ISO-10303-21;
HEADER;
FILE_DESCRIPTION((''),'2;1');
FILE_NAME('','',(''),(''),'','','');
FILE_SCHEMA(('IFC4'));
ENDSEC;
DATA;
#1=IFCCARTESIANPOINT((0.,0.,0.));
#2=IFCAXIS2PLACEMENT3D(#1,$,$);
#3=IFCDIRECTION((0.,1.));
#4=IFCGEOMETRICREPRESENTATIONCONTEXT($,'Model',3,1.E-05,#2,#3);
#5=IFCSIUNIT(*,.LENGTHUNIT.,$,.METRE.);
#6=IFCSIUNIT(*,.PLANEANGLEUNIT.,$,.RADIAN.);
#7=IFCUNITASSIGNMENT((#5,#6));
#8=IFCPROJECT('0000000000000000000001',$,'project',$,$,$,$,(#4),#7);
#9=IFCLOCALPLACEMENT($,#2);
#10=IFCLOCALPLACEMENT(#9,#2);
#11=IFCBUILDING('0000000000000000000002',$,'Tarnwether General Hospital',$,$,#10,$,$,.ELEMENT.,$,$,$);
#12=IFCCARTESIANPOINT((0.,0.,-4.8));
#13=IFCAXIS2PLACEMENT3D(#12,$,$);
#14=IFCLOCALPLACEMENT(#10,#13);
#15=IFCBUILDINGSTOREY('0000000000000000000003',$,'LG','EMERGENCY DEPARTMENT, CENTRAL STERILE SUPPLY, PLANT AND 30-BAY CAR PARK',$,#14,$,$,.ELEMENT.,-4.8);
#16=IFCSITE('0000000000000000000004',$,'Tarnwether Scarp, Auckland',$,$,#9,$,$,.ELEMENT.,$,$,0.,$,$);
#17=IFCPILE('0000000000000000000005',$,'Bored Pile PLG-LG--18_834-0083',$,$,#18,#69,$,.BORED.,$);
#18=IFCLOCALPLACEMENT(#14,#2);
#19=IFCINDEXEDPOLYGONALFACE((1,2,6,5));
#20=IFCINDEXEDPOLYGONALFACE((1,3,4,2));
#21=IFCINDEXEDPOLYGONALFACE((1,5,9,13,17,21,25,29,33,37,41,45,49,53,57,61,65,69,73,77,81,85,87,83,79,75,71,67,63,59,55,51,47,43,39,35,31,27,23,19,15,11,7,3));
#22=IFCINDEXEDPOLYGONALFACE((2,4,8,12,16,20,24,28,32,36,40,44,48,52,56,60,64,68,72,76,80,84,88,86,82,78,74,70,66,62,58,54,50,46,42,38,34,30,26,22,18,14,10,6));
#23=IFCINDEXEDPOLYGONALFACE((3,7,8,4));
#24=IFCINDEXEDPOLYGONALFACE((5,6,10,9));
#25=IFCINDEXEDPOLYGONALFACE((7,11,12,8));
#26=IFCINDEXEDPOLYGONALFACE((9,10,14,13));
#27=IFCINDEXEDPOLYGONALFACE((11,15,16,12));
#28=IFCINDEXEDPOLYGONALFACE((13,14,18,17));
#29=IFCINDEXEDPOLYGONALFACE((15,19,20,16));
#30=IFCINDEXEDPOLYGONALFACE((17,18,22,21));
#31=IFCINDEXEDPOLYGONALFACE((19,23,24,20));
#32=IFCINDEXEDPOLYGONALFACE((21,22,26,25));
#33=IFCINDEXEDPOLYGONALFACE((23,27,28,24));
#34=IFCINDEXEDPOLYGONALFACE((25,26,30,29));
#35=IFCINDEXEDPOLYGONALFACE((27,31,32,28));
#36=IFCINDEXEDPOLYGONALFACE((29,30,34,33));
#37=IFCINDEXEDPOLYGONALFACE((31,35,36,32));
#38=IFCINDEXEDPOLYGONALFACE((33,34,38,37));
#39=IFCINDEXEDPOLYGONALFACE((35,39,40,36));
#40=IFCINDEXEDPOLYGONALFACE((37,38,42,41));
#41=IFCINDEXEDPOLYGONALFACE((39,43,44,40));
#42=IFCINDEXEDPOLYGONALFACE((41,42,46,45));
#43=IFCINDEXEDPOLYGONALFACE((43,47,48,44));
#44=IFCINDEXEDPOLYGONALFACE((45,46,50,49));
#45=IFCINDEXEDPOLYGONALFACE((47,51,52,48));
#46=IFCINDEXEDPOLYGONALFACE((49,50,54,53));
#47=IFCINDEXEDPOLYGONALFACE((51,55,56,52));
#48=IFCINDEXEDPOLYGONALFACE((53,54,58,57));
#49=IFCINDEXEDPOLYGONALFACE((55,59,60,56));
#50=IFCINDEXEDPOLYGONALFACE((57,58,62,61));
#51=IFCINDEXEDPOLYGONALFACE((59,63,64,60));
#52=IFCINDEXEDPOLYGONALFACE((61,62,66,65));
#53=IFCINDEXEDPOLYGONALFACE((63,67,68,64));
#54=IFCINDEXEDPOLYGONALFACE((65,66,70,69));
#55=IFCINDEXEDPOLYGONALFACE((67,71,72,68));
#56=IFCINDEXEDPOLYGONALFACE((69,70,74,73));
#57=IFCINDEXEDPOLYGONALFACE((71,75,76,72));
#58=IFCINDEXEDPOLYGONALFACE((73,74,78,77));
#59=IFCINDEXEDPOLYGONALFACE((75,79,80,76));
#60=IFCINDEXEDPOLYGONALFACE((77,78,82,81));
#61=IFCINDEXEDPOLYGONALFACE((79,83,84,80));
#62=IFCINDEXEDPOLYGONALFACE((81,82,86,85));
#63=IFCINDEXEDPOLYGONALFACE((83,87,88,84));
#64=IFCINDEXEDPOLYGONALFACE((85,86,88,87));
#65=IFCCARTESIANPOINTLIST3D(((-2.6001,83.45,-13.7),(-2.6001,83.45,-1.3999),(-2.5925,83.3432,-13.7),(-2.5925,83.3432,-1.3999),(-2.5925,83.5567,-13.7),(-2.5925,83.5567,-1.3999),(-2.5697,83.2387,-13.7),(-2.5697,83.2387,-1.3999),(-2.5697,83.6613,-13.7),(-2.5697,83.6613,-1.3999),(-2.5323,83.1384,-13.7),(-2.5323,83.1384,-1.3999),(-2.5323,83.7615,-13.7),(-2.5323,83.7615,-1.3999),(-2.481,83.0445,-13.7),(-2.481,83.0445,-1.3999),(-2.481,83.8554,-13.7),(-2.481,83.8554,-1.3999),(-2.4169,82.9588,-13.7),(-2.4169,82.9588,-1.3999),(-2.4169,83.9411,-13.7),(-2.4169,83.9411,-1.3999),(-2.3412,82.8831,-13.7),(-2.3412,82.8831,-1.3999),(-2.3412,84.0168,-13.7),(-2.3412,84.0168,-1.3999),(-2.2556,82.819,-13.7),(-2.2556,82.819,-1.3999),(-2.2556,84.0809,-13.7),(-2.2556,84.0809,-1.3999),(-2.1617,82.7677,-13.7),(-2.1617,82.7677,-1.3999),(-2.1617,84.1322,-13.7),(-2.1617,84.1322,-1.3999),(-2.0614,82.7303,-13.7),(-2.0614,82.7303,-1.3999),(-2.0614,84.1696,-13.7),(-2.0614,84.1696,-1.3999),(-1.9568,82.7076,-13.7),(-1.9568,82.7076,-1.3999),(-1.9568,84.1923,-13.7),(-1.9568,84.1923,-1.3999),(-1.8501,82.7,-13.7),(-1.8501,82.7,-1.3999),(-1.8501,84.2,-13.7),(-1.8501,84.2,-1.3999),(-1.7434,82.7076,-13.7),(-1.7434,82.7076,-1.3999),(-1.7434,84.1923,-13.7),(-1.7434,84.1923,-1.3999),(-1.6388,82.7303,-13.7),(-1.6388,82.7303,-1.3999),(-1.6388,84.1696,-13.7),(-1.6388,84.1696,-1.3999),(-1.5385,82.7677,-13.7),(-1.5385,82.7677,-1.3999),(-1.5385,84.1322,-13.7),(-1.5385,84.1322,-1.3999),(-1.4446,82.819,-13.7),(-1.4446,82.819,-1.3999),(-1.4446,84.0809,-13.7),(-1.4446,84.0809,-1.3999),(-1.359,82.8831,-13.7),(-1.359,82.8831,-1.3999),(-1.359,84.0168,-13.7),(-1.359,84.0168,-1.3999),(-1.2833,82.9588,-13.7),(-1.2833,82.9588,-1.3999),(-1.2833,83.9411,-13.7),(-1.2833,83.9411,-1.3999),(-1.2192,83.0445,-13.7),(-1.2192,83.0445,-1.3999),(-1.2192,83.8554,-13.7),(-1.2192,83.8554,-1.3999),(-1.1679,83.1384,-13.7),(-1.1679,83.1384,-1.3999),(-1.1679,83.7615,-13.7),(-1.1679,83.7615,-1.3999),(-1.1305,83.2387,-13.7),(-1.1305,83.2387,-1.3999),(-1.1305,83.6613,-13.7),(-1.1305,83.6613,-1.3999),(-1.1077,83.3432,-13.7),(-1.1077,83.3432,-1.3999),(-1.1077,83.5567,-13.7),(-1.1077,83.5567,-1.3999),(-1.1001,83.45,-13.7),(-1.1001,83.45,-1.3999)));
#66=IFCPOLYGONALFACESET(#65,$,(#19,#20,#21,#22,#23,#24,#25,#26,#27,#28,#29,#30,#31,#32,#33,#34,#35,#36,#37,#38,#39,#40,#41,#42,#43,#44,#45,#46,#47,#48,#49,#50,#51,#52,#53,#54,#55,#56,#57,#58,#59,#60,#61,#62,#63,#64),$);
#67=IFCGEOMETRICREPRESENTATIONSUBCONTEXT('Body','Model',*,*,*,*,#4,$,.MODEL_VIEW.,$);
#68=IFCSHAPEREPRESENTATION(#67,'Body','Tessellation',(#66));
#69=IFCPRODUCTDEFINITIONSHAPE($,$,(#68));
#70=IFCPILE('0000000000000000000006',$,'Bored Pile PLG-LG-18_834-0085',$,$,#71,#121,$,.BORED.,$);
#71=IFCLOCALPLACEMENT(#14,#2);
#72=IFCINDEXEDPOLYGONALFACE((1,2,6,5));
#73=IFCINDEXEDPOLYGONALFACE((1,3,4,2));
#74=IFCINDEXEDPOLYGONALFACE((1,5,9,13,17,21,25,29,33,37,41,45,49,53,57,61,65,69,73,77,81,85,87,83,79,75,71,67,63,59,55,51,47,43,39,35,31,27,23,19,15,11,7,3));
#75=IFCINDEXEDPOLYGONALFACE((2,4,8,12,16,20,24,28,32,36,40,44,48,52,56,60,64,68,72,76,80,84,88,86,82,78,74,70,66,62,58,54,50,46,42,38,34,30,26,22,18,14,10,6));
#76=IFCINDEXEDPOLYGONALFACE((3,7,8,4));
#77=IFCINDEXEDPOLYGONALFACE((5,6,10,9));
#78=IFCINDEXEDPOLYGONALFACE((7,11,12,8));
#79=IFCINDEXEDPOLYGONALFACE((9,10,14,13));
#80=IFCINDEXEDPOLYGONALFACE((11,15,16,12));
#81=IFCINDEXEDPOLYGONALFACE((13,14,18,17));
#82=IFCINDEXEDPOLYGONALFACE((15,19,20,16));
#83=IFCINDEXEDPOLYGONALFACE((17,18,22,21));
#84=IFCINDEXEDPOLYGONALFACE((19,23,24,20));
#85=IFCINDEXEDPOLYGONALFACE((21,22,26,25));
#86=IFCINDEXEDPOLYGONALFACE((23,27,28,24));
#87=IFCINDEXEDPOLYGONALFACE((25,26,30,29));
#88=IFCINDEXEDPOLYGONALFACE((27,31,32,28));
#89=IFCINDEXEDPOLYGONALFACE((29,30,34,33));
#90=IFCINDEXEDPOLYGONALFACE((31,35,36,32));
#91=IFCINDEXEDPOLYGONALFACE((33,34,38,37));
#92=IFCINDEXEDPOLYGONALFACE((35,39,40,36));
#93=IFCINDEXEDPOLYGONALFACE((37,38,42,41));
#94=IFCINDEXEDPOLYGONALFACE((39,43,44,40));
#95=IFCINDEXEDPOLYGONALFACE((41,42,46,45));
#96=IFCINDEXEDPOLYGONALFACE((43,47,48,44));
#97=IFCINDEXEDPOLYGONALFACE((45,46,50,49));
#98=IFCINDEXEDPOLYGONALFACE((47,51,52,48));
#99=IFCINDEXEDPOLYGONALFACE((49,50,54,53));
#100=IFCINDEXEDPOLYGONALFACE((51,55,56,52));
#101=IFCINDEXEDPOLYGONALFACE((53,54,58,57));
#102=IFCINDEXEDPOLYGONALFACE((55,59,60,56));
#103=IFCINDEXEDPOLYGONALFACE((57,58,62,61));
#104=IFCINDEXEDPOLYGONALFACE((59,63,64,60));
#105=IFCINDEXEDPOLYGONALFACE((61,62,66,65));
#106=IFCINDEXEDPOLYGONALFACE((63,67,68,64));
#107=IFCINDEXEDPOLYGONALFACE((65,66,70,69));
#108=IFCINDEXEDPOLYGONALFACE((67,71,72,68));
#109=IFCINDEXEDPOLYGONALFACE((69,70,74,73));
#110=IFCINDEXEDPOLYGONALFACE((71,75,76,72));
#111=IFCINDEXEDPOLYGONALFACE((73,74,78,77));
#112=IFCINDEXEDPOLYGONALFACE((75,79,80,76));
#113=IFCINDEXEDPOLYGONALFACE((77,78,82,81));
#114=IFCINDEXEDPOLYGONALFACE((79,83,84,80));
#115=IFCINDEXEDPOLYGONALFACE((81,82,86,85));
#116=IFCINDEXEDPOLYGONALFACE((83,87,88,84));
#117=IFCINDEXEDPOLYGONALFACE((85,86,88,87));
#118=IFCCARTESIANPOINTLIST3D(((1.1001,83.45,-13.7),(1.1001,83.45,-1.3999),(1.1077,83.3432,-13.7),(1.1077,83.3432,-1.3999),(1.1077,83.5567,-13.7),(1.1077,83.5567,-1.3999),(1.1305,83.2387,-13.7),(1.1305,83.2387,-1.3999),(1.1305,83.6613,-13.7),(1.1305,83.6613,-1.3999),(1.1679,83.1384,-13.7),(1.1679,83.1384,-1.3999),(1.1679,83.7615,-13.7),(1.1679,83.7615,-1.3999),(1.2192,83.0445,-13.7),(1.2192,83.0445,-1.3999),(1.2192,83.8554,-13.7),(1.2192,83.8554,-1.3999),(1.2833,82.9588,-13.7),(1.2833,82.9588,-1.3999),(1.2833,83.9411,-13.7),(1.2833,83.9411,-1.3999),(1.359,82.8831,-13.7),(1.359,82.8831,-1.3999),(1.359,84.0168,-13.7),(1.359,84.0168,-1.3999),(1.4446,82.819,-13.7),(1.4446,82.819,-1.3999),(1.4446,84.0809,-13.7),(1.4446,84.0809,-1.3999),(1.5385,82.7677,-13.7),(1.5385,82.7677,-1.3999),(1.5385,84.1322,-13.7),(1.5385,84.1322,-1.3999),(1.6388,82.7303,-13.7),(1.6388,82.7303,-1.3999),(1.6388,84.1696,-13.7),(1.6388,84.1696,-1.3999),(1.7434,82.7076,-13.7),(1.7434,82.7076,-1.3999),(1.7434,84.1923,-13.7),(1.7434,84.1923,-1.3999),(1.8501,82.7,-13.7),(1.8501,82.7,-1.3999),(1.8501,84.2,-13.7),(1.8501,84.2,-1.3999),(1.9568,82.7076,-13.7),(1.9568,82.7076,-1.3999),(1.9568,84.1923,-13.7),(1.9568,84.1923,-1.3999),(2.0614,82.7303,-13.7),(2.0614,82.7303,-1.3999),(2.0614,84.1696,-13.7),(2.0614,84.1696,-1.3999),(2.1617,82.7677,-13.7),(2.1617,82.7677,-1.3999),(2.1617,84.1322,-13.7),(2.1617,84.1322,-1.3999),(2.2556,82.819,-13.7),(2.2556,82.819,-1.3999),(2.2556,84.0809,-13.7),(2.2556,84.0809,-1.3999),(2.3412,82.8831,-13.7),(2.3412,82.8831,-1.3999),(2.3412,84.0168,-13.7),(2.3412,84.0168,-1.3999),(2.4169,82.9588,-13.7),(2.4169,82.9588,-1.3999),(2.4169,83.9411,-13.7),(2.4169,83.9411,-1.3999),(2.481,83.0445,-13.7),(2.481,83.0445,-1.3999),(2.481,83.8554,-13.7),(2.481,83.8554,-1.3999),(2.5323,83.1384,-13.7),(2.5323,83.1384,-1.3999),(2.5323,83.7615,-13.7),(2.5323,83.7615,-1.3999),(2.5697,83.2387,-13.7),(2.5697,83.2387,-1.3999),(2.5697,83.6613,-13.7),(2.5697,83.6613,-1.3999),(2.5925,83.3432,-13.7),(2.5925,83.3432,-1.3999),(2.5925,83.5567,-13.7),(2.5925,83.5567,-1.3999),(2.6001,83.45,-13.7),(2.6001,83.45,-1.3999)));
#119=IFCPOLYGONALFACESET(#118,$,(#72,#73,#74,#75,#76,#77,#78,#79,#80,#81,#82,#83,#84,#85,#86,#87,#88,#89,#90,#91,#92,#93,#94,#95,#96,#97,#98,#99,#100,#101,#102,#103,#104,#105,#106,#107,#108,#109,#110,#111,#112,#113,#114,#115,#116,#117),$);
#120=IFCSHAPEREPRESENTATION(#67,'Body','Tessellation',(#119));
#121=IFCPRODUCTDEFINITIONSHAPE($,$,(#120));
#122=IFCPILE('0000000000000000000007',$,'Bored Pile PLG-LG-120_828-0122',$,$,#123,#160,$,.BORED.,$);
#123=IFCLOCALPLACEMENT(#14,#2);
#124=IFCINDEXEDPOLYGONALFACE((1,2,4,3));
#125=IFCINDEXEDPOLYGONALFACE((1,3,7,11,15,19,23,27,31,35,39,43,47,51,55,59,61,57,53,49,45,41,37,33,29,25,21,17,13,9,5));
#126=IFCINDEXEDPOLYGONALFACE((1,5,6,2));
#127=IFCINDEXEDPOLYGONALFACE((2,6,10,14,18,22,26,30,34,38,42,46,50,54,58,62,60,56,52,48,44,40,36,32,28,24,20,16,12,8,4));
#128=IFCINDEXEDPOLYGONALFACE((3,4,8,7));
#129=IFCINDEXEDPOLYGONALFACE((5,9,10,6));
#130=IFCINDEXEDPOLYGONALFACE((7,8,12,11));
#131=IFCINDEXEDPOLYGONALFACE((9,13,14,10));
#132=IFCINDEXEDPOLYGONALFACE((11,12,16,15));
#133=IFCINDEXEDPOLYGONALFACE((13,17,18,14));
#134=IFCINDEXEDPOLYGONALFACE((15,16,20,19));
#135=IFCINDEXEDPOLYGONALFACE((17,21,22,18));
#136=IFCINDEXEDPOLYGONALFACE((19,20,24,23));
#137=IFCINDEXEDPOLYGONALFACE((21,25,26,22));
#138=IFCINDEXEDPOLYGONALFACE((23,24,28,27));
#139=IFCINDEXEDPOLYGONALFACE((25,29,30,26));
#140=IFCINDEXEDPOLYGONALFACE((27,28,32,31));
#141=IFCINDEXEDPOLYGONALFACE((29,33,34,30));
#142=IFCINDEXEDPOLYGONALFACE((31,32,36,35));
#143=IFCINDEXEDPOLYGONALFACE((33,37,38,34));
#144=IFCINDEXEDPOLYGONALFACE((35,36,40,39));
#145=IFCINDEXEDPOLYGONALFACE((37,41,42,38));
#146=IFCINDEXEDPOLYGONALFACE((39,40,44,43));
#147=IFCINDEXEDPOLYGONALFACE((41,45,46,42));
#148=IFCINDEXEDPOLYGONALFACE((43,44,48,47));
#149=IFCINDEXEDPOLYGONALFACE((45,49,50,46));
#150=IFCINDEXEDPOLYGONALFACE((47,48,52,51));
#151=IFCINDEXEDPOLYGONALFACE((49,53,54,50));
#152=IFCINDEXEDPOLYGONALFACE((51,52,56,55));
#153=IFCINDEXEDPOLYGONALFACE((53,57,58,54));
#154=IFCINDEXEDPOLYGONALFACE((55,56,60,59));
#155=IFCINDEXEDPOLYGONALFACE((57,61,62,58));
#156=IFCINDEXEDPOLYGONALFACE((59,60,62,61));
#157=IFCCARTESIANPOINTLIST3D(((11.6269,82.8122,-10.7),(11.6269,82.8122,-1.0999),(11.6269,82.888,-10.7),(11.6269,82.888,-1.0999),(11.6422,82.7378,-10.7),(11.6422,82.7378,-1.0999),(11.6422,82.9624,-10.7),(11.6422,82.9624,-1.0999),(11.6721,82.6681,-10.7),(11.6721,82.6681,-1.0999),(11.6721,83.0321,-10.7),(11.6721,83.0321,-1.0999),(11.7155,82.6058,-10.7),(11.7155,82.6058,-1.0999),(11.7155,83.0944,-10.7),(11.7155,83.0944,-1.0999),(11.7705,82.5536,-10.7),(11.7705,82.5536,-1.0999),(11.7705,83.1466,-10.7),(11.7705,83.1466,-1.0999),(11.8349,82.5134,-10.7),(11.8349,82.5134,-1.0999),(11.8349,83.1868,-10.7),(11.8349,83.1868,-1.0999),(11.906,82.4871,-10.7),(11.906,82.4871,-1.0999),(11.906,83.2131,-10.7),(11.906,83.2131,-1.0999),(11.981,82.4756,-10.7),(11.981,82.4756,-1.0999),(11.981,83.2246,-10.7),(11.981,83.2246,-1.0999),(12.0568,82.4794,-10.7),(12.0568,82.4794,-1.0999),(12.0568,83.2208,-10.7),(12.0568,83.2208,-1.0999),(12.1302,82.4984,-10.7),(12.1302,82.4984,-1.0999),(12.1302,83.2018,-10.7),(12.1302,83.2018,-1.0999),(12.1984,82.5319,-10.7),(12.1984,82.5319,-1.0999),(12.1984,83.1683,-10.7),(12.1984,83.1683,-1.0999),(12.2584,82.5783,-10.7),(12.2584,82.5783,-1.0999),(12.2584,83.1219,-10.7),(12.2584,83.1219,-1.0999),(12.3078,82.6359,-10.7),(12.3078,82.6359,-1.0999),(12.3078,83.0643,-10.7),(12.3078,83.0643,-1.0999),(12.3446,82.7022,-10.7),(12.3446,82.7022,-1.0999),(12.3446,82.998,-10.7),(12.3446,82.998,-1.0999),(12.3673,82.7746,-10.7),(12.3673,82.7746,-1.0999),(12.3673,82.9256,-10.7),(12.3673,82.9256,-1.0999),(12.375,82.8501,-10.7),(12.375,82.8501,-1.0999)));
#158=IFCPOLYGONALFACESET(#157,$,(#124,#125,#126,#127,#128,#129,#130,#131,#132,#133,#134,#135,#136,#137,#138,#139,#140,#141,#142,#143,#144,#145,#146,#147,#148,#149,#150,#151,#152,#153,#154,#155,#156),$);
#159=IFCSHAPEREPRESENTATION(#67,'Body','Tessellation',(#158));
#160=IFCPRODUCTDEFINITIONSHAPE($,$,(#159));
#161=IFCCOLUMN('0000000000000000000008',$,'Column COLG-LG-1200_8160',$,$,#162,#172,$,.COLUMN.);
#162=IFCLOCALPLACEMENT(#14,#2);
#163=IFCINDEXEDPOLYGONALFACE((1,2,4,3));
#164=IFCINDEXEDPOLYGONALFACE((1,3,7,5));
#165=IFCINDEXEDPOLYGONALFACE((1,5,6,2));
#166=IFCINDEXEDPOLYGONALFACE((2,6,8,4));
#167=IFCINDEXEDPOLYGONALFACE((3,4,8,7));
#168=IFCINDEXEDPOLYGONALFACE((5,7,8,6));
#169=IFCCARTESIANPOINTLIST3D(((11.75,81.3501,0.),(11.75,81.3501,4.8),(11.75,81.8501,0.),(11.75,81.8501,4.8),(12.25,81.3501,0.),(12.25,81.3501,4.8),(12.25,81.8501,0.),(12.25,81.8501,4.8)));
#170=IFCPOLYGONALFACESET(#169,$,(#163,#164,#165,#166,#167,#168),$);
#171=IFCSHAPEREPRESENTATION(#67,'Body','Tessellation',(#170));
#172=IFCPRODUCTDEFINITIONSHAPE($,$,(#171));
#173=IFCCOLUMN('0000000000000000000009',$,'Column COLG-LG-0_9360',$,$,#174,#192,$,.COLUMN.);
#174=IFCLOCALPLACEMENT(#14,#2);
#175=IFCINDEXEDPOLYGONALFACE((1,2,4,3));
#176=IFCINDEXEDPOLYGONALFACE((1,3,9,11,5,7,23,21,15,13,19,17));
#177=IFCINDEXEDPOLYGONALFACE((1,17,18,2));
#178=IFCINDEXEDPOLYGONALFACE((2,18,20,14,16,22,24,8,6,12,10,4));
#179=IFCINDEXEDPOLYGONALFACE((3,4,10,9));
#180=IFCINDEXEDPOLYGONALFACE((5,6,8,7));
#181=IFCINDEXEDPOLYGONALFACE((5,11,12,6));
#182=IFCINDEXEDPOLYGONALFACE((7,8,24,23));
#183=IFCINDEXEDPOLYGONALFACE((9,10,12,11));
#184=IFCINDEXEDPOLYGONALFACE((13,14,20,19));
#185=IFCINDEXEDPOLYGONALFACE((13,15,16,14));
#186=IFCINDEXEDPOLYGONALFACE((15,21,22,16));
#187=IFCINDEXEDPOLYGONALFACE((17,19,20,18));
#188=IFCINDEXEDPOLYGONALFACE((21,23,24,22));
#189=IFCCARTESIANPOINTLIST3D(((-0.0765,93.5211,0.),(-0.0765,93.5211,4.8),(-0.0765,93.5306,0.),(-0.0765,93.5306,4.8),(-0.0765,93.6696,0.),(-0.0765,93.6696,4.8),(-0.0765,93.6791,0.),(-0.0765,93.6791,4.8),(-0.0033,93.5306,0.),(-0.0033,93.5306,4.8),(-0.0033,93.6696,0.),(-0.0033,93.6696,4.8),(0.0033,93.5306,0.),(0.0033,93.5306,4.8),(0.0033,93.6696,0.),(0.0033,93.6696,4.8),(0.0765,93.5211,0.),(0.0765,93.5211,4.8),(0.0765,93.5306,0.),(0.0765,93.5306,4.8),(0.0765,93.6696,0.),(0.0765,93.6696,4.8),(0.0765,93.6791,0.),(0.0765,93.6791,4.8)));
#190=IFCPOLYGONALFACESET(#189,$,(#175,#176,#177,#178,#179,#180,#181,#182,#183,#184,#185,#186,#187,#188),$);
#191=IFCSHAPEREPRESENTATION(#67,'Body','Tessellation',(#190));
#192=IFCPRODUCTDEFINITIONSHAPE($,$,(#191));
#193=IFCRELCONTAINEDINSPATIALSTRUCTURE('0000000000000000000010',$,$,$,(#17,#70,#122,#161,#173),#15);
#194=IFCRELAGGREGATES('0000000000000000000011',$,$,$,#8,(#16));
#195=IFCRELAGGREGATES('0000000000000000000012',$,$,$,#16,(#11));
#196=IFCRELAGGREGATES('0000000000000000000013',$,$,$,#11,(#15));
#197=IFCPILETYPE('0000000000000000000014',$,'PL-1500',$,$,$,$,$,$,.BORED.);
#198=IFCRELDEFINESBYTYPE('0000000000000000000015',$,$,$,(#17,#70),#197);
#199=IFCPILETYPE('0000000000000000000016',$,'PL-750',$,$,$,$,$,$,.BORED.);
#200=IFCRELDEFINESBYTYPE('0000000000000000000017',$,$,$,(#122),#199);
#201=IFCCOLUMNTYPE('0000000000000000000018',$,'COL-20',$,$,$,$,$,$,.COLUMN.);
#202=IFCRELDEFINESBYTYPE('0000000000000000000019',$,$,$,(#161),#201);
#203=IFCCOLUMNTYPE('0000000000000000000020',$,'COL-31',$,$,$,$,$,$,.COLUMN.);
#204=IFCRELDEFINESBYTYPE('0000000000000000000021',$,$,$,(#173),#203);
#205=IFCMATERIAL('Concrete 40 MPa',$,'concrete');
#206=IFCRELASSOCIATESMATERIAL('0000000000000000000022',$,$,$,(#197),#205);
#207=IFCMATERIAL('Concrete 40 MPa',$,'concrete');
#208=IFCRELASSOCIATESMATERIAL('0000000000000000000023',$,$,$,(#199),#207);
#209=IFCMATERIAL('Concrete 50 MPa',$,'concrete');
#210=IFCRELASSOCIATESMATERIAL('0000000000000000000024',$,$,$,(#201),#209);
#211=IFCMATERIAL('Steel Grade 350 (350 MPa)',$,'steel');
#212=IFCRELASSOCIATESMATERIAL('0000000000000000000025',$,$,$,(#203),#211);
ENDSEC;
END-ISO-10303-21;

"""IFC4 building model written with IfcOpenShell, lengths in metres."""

from ifc_helpers import new_model, si_unit, direction, frame, origin, origin_2d, place, context, subcontext, project, spatial, rectangle, circle, i_section, extrude, material, material_profile, profile_set, type_object, element, save


model = new_model("IFC4")

# Units and contexts
model_context = context("Model", 3, precision=1e-05, world=origin(), true_north=direction((0.0, 1.0)))
body_context = subcontext(model_context, "Body", "Model", "MODEL_VIEW")
ifc_project = project(units=[si_unit("LENGTHUNIT", "METRE"), si_unit("PLANEANGLEUNIT", "RADIAN")], contexts=[model_context])

# Site, building, storey
site_placement = place(None, origin())
site = spatial("IfcSite", under=ifc_project, at=site_placement, Name="Tarnwether Scarp, Auckland", CompositionType="ELEMENT", RefElevation=0.0)
building_placement = place(site_placement, origin())
building = spatial("IfcBuilding", under=site, at=building_placement, Name="Tarnwether General Hospital", CompositionType="ELEMENT")
storey_placement = place(building_placement, frame((0.0, 0.0, -4.8)))
storey = spatial("IfcBuildingStorey", under=building, at=storey_placement, Name="LG", Description="EMERGENCY DEPARTMENT, CENTRAL STERILE SUPPLY, PLANT AND 30-BAY CAR PARK", CompositionType="ELEMENT", Elevation=-4.8)

# Piles
ifc_material_1 = material(Name="Concrete 40 MPa", Category="concrete")
ifc_material_profile_1 = material_profile(ifc_material_1, circle(Radius=0.75, at=origin_2d()), Name="PILE-D1500")
ifc_profile_set_1 = profile_set([ifc_material_profile_1], Name="Concrete 40 MPa")
pile_type_1 = type_object("IfcPileType", Name="PL-1500", PredefinedType="BORED", material=ifc_profile_set_1)
for number, where, z_axis, x_axis, name in (
    (1, (-1.8501, 83.45, -1.3999), (0.0, 0.0, -1.0), (1.0, 0.0, 0.0), "Bored Pile PLG-LG--18_834-0083"),
    (2, (1.8501, 83.45, -1.3999), (0.0, 0.0, -1.0), (1.0, 0.0, 0.0), "Bored Pile PLG-LG-18_834-0085"),
):
    element("IfcPile", number, at=place(storey_placement, frame(where, z_axis=z_axis, x_axis=x_axis)), inside=storey, type_object=pile_type_1, Name=name, PredefinedType="BORED", context=body_context, shape_type="SweptSolid", body=[
        extrude(circle(Radius=0.75, at=origin_2d()), origin(), (0.0, 0.0, 1.0), 12.3),
    ])
ifc_material_2 = material(Name="Concrete 40 MPa", Category="concrete")
ifc_material_profile_2 = material_profile(ifc_material_2, circle(Radius=0.375, at=origin_2d()), Name="PILE-D750")
ifc_profile_set_2 = profile_set([ifc_material_profile_2], Name="Concrete 40 MPa")
pile_type_2 = type_object("IfcPileType", Name="PL-750", PredefinedType="BORED", material=ifc_profile_set_2)
pile_placement = place(storey_placement, frame((12.0, 82.8501, -1.0999), z_axis=(0.0, 0.0, -1.0), x_axis=(1.0, 0.0, 0.0)))
element("IfcPile", 3, at=pile_placement, inside=storey, type_object=pile_type_2, Name="Bored Pile PLG-LG-120_828-0122", PredefinedType="BORED", context=body_context, shape_type="SweptSolid", body=[
    extrude(circle(Radius=0.375, at=origin_2d()), origin(), (0.0, 0.0, 1.0), 9.6001),
])

# Columns
ifc_material_3 = material(Name="Concrete 50 MPa", Category="concrete")
ifc_material_profile_3 = material_profile(ifc_material_3, rectangle(XDim=0.5, YDim=0.5, at=origin_2d()), Name="RC-COL-500x500")
ifc_profile_set_3 = profile_set([ifc_material_profile_3], Name="Concrete 50 MPa")
column_type_1 = type_object("IfcColumnType", Name="COL-20", PredefinedType="COLUMN", material=ifc_profile_set_3)
column_1_placement = place(storey_placement, frame((12.0, 81.6001, 0.0), z_axis=(0.0, 0.0, 1.0), x_axis=(0.0, 1.0, 0.0)))
element("IfcColumn", 4, at=column_1_placement, inside=storey, type_object=column_type_1, Name="Column COLG-LG-1200_8160", PredefinedType="COLUMN", context=body_context, shape_type="SweptSolid", body=[
    extrude(rectangle(XDim=0.5, YDim=0.5, at=origin_2d()), origin(), (0.0, 0.0, 1.0), 4.8),
])
ifc_material_4 = material(Name="Steel Grade 350 (350 MPa)", Category="steel")
ifc_material_profile_4 = material_profile(ifc_material_4, i_section(OverallWidth=0.1531, OverallDepth=0.158, WebThickness=0.0066, FlangeThickness=0.0095, at=origin_2d()), Name="150UC30.0")
ifc_profile_set_4 = profile_set([ifc_material_profile_4], Name="Steel Grade 350 (350 MPa)")
column_type_2 = type_object("IfcColumnType", Name="COL-31", PredefinedType="COLUMN", material=ifc_profile_set_4)
column_2_placement = place(storey_placement, frame((0.0, 93.6001, 0.0), z_axis=(0.0, 0.0, 1.0), x_axis=(1.0, 0.0, 0.0)))
element("IfcColumn", 5, at=column_2_placement, inside=storey, type_object=column_type_2, Name="Column COLG-LG-0_9360", PredefinedType="COLUMN", context=body_context, shape_type="SweptSolid", body=[
    extrude(i_section(OverallWidth=0.1531, OverallDepth=0.158, WebThickness=0.0066, FlangeThickness=0.0095, at=origin_2d()), origin(), (0.0, 0.0, 1.0), 4.8),
])

save(model, "model.ifc")
